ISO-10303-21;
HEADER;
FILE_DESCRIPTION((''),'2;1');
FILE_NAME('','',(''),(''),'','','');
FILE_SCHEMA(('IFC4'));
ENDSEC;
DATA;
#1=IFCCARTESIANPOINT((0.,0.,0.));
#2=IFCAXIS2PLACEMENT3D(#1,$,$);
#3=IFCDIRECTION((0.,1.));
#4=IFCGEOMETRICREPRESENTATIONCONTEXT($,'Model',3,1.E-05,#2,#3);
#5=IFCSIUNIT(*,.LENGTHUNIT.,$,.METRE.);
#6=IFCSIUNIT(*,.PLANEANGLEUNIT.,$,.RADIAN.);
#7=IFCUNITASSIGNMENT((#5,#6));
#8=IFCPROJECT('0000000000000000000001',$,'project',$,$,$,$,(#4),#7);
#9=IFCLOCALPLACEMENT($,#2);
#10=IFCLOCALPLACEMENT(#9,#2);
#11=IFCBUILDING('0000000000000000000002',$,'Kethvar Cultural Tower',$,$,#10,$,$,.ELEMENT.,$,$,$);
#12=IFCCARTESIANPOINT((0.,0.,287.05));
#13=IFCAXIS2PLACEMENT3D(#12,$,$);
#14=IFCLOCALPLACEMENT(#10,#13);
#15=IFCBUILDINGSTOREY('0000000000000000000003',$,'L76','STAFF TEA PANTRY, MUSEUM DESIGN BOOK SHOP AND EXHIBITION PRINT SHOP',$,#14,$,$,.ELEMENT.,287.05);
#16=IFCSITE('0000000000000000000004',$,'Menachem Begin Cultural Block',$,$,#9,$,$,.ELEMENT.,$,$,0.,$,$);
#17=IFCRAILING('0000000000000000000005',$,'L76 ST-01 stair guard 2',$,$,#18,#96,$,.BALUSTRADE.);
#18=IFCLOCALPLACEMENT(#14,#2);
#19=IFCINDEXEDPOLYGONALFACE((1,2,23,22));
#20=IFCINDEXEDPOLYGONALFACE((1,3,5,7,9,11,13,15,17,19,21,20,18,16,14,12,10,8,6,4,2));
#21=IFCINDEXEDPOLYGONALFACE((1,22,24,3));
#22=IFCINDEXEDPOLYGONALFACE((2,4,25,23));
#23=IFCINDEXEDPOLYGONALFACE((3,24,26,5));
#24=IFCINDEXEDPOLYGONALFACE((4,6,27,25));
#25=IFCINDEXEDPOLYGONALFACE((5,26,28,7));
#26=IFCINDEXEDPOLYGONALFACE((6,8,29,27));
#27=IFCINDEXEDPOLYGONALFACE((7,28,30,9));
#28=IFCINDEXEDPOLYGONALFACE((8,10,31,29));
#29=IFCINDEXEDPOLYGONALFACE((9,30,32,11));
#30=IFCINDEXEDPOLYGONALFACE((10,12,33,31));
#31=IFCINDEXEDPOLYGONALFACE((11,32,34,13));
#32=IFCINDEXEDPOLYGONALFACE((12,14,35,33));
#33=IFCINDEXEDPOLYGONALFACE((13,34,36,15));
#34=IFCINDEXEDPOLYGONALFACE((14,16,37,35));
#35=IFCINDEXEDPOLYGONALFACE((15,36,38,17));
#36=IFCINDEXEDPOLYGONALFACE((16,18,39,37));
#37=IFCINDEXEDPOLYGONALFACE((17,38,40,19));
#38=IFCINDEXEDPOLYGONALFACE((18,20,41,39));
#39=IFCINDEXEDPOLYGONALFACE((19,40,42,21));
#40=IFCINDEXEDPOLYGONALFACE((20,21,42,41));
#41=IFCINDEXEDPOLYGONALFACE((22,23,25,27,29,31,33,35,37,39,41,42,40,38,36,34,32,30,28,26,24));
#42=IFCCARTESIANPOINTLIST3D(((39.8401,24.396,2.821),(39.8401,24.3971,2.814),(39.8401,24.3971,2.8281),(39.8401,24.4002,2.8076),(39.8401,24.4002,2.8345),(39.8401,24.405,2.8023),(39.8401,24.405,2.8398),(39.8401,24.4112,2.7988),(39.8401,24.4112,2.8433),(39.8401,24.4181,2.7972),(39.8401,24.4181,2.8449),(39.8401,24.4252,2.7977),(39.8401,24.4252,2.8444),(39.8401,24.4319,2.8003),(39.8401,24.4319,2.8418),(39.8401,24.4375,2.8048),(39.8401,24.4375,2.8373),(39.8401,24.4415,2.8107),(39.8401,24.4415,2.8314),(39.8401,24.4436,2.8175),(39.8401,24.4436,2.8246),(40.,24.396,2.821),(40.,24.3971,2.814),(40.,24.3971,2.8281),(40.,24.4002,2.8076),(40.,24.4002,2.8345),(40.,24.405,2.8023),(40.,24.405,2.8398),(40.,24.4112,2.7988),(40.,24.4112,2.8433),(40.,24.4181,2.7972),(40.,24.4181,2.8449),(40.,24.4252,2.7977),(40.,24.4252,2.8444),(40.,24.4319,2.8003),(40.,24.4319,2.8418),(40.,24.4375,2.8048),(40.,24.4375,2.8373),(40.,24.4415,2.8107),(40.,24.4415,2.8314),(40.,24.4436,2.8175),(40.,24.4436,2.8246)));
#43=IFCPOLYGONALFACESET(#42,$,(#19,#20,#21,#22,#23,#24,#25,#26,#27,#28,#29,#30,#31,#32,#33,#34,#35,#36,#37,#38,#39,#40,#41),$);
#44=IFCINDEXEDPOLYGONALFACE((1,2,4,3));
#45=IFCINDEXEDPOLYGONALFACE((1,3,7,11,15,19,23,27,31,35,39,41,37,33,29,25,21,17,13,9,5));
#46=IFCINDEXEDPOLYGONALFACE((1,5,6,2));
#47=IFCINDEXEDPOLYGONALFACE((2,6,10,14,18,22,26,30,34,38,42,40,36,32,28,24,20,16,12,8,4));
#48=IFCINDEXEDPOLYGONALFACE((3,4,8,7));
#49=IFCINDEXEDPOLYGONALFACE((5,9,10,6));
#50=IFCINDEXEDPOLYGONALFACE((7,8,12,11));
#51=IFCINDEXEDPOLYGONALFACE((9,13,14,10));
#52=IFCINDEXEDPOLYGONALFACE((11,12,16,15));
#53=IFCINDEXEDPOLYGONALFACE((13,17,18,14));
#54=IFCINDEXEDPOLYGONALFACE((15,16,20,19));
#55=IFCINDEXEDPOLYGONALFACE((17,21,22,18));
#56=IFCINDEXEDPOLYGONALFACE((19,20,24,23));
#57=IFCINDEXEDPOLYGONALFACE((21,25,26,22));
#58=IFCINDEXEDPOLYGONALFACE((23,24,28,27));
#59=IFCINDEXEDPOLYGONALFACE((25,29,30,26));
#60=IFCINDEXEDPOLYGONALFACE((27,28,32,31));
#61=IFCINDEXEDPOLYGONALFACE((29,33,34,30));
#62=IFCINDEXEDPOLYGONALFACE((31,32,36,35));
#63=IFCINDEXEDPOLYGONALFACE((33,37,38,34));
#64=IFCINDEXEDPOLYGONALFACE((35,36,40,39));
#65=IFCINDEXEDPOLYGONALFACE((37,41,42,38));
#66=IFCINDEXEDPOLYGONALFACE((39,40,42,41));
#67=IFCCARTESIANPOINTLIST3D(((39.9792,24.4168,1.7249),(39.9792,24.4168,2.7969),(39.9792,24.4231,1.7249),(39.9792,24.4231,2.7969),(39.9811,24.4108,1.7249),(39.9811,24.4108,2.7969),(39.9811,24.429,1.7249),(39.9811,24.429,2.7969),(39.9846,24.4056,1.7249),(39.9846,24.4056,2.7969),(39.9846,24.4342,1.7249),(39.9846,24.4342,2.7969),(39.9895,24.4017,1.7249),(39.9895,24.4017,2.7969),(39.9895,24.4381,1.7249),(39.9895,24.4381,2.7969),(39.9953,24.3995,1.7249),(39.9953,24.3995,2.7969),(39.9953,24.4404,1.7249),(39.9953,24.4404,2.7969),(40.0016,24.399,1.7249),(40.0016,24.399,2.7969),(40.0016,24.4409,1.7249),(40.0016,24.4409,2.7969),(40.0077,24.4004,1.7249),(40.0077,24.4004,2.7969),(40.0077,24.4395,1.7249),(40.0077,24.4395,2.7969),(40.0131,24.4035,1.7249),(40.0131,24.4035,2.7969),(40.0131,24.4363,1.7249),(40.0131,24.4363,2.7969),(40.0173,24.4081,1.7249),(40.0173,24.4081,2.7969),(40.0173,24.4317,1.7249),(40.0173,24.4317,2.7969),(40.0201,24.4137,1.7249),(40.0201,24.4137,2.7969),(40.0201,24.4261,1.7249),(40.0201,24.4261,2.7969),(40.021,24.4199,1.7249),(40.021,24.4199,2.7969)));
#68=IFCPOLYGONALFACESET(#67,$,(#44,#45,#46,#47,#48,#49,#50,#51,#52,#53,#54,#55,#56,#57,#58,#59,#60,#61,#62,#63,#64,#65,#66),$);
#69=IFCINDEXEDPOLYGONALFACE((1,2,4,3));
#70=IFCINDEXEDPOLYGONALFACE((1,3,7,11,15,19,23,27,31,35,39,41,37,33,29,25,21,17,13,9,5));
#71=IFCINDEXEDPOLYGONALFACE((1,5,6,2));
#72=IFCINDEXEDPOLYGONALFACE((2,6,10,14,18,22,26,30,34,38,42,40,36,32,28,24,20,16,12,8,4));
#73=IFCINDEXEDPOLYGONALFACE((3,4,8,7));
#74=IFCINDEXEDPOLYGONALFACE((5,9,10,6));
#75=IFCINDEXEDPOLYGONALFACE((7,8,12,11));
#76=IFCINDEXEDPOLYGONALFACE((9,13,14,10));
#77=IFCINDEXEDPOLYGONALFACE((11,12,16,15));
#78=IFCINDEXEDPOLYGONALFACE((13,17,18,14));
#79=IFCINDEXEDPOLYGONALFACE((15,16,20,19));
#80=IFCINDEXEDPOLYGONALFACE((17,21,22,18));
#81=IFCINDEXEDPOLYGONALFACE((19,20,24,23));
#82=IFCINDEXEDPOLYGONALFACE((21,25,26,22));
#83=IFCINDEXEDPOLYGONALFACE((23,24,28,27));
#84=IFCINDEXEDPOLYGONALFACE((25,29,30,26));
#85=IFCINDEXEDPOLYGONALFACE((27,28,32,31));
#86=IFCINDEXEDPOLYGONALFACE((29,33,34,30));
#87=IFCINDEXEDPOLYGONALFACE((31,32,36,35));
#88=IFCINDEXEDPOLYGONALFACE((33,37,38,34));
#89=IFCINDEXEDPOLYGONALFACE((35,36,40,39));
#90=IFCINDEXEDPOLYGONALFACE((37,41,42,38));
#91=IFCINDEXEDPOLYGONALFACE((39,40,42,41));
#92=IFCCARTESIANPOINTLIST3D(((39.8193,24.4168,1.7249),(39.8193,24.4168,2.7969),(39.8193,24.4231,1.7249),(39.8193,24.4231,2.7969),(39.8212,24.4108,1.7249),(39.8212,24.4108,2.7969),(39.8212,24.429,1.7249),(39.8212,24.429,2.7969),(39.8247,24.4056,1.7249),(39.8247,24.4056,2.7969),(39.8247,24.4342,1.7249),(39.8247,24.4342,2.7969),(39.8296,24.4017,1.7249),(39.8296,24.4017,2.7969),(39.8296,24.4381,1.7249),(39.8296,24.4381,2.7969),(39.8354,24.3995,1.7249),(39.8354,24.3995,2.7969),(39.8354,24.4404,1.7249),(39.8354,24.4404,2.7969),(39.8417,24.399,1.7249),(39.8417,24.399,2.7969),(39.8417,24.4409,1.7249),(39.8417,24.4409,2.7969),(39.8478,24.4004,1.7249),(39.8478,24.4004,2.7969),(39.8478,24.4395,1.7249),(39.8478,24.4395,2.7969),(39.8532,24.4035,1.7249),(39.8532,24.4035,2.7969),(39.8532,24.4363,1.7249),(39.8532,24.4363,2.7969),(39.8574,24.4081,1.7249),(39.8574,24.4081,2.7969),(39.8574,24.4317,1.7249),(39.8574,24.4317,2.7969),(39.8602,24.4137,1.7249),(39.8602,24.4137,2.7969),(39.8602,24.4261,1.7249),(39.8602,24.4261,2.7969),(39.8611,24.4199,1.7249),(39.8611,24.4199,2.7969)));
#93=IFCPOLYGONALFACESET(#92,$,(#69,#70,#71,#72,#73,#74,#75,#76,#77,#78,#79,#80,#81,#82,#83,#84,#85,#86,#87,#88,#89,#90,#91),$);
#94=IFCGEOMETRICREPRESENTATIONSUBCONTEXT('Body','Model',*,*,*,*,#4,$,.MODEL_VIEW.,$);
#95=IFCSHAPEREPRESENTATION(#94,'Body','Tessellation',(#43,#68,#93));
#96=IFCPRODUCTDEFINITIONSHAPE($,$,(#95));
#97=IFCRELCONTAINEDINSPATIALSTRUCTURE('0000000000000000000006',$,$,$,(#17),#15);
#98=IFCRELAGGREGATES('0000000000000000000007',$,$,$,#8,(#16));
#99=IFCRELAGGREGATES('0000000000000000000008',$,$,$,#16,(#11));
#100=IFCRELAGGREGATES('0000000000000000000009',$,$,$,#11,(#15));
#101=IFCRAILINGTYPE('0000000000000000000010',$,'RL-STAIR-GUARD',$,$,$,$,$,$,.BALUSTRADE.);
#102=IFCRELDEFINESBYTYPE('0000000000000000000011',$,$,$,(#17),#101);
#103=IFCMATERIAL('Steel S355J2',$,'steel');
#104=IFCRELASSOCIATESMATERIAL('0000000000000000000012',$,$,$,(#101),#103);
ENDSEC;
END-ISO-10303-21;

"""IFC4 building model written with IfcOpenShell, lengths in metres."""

from ifc_helpers import new_model, si_unit, direction, frame, origin, origin_2d, place, context, subcontext, project, spatial, circle, extrude, material, type_object, element, save


model = new_model("IFC4")

# Units and contexts
model_context = context("Model", 3, precision=1e-05, world=origin(), true_north=direction((0.0, 1.0)))
body_context = subcontext(model_context, "Body", "Model", "MODEL_VIEW")
ifc_project = project(units=[si_unit("LENGTHUNIT", "METRE"), si_unit("PLANEANGLEUNIT", "RADIAN")], contexts=[model_context])

# Site, building, storey
site_placement = place(None, origin())
site = spatial("IfcSite", under=ifc_project, at=site_placement, Name="Menachem Begin Cultural Block", CompositionType="ELEMENT", RefElevation=0.0)
building_placement = place(site_placement, origin())
building = spatial("IfcBuilding", under=site, at=building_placement, Name="Kethvar Cultural Tower", CompositionType="ELEMENT")
storey_placement = place(building_placement, frame((0.0, 0.0, 287.05)))
storey = spatial("IfcBuildingStorey", under=building, at=storey_placement, Name="L76", Description="STAFF TEA PANTRY, MUSEUM DESIGN BOOK SHOP AND EXHIBITION PRINT SHOP", CompositionType="ELEMENT", Elevation=287.05)

# Shared definitions
ifc_material_1 = material(Name="Steel S355J2", Category="steel")

# Railing
railing_type_1 = type_object("IfcRailingType", Name="RL-STAIR-GUARD", PredefinedType="BALUSTRADE", material=ifc_material_1)
railing_1_placement = place(storey_placement, frame((40.0, 24.4199, 1.7249)))
element("IfcRailing", 1, at=railing_1_placement, inside=storey, type_object=railing_type_1, Name="L76 ST-01 stair guard 2", PredefinedType="BALUSTRADE", context=body_context, shape_type="SweptSolid", body=[
    extrude(circle(Radius=0.0239, at=origin_2d()), frame((0.0, 0.0, 1.0962), z_axis=(-1.0, 0.0, 0.0), x_axis=(0.0, -1.0, 0.0)), (0.0, 0.0, 1.0), 0.1599),
    extrude(circle(Radius=0.021, at=origin_2d()), origin(), (0.0, 0.0, 1.0), 1.072),
    extrude(circle(Radius=0.021, at=origin_2d()), frame((-0.1599, 0.0, 0.0)), (0.0, 0.0, 1.0), 1.072),
])

save(model, "model.ifc")
